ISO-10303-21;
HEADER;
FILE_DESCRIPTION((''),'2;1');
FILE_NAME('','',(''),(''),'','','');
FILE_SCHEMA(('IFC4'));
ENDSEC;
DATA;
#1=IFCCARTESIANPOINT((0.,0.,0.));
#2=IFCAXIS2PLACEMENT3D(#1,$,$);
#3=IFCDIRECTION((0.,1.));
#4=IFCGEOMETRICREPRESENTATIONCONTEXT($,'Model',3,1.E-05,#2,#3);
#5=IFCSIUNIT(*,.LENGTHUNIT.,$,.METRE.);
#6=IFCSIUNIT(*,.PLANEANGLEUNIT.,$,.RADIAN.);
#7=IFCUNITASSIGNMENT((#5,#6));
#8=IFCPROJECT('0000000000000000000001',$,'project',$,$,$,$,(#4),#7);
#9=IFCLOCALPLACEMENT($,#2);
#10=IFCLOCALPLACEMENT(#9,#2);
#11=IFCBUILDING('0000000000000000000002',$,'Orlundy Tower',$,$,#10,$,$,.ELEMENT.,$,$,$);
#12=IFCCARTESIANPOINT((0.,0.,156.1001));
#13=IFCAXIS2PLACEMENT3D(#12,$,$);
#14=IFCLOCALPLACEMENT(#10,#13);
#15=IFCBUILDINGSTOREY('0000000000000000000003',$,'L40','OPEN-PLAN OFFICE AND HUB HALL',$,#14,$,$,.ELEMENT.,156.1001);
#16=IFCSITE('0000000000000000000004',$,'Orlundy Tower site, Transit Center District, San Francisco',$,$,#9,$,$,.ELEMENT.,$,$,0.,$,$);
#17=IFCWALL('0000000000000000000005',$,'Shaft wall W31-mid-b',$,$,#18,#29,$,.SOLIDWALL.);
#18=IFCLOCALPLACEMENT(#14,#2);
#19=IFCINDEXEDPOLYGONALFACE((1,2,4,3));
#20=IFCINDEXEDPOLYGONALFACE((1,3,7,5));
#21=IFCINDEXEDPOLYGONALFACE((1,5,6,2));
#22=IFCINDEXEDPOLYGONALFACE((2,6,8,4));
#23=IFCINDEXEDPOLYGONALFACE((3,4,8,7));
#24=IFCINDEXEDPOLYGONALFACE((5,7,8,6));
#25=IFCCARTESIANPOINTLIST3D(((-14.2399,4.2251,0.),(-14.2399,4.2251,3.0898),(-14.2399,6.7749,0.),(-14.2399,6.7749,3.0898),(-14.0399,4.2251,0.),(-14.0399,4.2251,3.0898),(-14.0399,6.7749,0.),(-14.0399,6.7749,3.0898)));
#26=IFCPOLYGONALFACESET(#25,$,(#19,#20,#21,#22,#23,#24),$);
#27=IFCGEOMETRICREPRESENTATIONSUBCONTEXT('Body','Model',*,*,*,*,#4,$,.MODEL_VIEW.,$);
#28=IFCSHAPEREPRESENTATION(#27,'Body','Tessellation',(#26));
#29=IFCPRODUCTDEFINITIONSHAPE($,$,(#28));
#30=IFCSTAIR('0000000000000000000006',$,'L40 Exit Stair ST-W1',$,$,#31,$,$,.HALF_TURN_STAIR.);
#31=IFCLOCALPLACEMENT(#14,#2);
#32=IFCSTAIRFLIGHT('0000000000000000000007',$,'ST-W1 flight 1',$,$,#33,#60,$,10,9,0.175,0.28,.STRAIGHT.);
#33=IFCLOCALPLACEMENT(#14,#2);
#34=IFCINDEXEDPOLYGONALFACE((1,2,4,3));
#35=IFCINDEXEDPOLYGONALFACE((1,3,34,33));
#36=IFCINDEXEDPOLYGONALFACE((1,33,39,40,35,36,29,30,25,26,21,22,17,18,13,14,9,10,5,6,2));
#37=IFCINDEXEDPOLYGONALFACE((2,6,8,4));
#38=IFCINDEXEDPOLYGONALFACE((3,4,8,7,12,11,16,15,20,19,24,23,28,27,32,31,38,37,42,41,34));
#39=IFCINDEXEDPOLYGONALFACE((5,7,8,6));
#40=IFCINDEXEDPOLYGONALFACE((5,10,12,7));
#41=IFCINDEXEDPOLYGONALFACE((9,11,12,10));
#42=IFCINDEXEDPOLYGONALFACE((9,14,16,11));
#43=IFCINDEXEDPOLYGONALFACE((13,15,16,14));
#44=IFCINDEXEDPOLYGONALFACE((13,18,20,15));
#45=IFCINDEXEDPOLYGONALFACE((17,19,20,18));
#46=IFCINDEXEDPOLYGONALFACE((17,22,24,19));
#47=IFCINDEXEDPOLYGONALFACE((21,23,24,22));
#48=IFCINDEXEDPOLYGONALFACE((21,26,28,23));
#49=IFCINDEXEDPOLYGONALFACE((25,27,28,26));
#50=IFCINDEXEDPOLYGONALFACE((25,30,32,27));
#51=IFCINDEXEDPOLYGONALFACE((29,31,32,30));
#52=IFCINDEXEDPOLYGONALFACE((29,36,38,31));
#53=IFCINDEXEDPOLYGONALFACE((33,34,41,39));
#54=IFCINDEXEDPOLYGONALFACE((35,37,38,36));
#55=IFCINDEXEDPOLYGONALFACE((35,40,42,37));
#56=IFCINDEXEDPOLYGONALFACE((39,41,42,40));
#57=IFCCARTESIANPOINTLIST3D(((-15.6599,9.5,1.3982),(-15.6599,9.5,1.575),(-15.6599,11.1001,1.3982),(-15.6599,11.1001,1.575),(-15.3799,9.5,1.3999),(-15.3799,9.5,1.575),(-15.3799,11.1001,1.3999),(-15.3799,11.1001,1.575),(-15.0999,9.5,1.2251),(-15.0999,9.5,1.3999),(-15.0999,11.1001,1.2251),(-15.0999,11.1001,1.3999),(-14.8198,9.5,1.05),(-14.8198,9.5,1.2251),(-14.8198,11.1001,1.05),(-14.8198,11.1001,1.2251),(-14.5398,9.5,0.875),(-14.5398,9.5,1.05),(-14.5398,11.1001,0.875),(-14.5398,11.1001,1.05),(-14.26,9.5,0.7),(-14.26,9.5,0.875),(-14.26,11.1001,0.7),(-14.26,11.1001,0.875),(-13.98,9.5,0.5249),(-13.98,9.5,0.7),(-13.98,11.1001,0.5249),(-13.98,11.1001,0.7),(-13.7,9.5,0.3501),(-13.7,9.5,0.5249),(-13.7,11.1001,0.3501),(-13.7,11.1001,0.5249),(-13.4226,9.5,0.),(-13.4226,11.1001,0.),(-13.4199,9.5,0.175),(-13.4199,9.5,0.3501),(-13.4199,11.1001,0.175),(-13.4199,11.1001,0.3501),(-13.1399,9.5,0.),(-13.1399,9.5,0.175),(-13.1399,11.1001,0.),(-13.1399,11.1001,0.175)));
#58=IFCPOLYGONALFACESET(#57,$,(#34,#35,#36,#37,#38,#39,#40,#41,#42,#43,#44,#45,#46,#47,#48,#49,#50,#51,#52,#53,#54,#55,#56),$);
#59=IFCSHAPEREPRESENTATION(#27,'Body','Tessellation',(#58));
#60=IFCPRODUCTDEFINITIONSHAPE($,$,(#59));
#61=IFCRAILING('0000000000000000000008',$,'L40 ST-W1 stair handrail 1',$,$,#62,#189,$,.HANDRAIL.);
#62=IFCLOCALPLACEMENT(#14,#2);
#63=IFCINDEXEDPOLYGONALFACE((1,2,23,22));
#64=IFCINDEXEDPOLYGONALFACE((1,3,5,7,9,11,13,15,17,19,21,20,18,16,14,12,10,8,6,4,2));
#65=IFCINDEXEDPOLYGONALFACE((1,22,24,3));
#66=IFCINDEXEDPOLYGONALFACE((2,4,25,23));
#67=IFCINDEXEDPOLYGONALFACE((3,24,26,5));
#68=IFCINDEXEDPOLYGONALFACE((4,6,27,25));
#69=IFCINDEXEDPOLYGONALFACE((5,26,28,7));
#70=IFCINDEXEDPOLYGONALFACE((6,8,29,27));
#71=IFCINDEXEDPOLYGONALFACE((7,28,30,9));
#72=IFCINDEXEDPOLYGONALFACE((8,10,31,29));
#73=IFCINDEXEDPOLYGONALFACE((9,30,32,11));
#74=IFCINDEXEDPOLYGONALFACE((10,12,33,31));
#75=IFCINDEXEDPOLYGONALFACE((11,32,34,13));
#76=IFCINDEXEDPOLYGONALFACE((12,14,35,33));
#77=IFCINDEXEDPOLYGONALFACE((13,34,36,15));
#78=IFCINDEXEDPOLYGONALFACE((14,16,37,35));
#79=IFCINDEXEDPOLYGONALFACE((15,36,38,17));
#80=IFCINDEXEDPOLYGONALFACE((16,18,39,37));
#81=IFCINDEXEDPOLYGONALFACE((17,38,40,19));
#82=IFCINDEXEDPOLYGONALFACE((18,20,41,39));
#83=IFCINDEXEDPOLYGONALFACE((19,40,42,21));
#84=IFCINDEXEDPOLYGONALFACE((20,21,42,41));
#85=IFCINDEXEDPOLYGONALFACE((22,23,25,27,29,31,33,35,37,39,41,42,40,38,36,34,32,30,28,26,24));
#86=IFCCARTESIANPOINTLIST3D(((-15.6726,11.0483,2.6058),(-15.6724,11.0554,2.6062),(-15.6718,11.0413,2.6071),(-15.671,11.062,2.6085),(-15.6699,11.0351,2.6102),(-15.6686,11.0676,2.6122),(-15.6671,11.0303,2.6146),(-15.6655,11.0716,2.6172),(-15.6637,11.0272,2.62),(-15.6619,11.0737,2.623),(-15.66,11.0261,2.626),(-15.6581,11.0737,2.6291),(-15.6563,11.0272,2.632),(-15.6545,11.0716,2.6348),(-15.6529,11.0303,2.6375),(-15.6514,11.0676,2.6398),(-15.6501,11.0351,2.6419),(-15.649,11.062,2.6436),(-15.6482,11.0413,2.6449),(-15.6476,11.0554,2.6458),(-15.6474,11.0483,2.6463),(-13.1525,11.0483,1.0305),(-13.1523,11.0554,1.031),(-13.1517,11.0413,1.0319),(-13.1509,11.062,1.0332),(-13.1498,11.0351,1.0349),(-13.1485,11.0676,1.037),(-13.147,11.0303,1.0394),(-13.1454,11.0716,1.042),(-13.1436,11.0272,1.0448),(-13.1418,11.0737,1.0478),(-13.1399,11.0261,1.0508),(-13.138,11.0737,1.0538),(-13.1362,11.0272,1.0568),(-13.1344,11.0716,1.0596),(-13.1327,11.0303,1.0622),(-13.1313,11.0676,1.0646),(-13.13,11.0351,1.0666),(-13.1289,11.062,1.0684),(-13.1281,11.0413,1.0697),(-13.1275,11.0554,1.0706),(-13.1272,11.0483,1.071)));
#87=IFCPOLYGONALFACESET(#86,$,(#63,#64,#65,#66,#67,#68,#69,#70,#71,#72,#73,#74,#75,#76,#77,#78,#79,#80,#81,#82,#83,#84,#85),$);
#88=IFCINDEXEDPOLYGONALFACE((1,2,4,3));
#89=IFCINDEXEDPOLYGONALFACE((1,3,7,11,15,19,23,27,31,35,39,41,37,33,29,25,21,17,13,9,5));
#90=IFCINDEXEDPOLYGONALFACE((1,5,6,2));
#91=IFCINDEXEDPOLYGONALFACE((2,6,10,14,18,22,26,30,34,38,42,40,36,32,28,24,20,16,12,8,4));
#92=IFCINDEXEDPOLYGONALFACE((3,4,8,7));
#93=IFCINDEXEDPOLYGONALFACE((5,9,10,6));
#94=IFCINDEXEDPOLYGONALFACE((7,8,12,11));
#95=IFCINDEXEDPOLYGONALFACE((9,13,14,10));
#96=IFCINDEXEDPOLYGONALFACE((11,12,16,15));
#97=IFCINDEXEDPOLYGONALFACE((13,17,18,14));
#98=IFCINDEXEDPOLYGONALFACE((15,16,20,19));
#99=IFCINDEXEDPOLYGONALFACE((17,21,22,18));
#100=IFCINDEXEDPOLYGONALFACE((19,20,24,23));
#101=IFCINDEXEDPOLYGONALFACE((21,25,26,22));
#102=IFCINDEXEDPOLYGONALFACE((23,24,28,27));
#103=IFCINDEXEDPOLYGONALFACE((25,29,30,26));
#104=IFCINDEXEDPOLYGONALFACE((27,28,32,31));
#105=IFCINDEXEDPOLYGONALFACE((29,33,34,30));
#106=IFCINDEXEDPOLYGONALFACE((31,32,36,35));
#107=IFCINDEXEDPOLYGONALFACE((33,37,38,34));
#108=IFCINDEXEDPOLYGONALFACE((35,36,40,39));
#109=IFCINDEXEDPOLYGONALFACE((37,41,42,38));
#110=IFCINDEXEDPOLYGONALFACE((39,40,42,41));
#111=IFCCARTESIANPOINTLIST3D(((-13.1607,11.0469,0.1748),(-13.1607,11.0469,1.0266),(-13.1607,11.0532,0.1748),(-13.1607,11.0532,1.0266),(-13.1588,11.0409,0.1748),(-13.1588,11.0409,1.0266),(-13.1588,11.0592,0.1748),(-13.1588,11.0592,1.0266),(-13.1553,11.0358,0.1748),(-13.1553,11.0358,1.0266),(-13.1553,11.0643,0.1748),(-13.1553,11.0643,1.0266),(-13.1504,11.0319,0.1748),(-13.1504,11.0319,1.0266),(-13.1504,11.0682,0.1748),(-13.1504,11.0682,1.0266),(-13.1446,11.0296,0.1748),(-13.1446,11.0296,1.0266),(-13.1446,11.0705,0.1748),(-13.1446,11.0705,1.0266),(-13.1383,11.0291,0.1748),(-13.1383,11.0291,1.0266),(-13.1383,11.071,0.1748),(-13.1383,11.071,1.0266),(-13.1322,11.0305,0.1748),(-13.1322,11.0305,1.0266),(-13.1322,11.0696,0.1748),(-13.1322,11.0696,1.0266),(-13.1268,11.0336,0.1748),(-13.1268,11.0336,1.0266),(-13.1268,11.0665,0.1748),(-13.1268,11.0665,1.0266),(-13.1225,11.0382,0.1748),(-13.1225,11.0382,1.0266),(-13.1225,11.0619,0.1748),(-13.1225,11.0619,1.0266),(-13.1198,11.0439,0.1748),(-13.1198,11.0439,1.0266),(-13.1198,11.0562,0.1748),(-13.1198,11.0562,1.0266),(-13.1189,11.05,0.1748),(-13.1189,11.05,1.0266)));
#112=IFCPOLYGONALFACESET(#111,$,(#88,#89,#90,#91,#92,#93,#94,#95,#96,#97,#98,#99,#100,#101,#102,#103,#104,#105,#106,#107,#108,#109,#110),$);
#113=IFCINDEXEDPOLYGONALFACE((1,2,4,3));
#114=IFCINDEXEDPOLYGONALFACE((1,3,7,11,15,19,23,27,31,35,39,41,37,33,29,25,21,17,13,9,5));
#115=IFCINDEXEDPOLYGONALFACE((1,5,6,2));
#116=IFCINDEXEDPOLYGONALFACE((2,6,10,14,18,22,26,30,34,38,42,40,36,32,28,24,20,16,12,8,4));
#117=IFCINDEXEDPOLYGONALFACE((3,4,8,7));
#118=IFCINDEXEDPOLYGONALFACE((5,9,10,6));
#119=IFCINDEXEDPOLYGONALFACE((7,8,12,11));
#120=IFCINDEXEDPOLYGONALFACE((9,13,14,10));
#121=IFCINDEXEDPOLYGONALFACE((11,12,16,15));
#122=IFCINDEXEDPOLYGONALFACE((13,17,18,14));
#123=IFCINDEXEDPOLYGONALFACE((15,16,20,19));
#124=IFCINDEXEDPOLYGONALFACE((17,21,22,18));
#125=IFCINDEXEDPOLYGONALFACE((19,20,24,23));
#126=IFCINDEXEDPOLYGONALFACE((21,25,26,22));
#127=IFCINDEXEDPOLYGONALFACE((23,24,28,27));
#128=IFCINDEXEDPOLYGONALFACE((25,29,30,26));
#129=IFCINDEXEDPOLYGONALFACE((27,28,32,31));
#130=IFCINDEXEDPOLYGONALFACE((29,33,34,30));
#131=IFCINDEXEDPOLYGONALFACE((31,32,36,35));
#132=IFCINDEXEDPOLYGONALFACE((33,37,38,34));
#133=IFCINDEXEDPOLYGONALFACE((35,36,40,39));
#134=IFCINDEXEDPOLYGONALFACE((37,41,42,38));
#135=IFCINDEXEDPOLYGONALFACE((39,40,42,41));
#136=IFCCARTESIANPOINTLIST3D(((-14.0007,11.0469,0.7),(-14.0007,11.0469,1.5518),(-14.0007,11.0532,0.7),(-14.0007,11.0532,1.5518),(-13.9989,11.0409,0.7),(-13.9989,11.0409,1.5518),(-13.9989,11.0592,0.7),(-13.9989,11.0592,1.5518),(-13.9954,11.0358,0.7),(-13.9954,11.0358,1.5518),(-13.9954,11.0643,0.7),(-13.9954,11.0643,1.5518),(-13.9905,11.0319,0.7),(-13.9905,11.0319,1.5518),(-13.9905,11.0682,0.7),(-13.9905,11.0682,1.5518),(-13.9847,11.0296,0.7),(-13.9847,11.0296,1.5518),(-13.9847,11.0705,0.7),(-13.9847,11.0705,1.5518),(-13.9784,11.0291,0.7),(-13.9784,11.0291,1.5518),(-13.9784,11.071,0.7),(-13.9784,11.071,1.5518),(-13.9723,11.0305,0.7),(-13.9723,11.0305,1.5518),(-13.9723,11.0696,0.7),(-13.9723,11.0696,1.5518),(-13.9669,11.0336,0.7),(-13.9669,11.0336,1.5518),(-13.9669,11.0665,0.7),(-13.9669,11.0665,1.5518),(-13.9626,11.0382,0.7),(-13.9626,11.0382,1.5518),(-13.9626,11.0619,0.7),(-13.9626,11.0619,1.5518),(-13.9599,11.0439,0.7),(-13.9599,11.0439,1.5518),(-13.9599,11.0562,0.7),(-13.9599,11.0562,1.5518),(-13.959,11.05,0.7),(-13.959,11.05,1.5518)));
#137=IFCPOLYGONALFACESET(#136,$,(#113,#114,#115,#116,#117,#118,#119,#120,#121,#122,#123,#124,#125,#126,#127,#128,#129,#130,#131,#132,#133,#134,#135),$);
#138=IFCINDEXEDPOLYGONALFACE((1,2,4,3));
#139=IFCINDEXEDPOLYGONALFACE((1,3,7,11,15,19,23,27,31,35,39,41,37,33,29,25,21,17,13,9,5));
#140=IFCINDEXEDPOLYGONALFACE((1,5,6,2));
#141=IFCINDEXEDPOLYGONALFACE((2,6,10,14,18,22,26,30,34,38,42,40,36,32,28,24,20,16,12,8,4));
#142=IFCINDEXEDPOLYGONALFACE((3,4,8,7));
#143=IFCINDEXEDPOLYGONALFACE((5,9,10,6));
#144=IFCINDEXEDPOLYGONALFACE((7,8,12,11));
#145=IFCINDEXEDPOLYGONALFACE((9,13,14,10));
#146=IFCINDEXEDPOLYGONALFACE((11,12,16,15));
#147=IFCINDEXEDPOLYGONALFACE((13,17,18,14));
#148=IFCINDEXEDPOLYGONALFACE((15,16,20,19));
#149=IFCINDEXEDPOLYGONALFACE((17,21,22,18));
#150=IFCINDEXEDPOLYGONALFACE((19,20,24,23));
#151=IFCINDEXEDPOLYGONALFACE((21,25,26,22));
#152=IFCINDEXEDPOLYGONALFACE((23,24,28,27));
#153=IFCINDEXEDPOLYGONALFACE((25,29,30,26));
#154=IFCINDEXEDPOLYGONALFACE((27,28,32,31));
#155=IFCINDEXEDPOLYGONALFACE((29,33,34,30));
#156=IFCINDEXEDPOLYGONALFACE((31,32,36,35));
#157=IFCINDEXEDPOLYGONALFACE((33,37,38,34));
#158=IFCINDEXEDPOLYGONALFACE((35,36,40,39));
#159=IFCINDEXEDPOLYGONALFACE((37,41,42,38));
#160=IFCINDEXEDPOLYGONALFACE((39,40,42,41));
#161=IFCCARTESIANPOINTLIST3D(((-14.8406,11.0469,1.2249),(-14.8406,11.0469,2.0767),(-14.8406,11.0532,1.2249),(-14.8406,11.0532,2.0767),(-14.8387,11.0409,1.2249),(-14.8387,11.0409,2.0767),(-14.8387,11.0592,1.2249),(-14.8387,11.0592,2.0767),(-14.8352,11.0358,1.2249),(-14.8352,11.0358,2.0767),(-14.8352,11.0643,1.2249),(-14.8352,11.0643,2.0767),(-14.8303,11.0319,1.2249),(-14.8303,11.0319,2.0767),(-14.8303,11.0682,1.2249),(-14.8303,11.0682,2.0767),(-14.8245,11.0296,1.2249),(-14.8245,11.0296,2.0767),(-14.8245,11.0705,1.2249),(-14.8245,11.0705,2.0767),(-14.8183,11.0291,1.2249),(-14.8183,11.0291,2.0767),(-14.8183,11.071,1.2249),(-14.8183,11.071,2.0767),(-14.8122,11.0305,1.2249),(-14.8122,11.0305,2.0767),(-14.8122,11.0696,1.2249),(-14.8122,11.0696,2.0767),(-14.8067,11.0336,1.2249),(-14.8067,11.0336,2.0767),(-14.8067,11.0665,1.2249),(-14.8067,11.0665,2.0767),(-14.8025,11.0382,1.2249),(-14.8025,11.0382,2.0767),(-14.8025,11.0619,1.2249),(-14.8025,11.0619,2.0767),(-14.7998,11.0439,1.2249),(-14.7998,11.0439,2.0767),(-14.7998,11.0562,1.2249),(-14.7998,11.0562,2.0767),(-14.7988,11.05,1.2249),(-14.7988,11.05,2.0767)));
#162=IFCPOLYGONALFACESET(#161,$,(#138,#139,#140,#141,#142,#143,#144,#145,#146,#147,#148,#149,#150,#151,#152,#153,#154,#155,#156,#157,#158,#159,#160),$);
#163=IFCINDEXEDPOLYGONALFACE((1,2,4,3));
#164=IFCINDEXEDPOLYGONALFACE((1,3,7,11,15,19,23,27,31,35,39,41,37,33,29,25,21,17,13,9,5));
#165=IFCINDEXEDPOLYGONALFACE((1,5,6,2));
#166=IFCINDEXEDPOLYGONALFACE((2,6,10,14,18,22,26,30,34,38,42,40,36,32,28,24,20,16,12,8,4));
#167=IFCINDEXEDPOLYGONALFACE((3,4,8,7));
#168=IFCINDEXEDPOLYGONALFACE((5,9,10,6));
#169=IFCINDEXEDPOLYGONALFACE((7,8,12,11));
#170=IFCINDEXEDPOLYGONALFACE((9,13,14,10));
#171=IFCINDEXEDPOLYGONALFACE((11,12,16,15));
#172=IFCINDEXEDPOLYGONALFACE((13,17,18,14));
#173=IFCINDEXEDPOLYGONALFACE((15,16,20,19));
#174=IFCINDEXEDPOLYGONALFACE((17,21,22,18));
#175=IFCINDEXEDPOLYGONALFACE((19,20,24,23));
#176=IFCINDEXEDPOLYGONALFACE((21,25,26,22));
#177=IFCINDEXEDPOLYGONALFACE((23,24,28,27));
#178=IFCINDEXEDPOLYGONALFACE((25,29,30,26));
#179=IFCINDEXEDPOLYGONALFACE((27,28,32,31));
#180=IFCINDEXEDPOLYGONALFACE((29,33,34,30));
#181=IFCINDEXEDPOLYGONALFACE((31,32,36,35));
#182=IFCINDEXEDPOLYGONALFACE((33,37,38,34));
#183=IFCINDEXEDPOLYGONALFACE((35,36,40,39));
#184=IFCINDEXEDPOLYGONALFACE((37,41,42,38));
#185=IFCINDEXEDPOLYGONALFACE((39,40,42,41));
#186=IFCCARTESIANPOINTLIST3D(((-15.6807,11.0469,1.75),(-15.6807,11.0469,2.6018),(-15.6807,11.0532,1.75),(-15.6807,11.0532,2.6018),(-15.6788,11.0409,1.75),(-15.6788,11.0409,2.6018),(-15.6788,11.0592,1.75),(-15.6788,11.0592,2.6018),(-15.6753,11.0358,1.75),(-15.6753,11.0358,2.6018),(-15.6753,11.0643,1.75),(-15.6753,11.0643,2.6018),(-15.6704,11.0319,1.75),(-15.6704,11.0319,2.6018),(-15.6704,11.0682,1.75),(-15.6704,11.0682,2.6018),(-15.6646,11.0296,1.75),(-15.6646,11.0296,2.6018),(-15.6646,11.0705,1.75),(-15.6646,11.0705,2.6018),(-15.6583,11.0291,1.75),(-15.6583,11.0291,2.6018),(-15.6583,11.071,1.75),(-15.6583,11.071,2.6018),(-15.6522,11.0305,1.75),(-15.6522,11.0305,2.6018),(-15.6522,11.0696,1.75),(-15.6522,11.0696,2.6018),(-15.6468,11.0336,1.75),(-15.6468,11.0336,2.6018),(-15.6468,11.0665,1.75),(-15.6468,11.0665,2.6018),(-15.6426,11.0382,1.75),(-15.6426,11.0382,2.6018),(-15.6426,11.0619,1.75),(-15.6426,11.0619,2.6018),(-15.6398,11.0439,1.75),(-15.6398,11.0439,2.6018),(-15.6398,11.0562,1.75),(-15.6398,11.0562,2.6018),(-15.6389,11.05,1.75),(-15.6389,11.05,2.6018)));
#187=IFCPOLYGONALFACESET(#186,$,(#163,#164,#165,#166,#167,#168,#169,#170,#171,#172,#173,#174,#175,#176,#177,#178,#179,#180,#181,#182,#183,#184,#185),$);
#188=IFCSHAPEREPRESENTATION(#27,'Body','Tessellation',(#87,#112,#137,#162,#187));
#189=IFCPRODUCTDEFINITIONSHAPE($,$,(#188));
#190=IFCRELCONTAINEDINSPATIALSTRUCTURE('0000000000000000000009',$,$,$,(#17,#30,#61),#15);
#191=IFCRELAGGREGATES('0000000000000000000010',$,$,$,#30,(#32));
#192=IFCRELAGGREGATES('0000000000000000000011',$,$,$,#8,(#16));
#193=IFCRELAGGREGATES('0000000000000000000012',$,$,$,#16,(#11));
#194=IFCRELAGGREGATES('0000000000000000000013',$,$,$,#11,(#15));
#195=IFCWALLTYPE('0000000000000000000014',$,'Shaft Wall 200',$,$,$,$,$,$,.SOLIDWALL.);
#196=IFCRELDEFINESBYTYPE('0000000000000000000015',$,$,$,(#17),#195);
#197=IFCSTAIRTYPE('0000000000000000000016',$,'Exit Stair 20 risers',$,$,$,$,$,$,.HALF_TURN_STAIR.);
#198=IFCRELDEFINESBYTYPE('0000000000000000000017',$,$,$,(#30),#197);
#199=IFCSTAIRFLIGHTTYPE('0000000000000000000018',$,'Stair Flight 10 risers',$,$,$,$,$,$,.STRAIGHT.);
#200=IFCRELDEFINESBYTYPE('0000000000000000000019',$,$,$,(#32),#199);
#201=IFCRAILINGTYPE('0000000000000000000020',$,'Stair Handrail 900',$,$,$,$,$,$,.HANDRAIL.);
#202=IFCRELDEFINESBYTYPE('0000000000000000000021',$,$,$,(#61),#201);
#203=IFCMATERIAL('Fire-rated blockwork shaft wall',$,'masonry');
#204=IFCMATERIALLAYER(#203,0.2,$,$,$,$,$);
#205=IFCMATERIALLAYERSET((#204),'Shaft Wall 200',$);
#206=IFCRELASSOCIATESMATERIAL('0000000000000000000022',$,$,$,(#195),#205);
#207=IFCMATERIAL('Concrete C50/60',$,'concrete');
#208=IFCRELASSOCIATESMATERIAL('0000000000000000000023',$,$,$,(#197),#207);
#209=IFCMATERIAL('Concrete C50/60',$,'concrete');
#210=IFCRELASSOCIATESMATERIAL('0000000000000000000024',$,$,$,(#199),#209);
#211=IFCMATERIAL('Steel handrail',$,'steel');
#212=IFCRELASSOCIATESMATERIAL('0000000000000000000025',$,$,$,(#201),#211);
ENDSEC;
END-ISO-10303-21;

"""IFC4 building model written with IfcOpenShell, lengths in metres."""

from ifc_helpers import new_model, si_unit, direction, frame, frame_2d, origin, origin_2d, place, context, subcontext, project, spatial, polyline, rectangle, circle, outline, extrude, material, layer, layer_set, type_object, element, aggregate, save


model = new_model("IFC4")

# Units and contexts
model_context = context("Model", 3, precision=1e-05, world=origin(), true_north=direction((0.0, 1.0)))
body_context = subcontext(model_context, "Body", "Model", "MODEL_VIEW")
ifc_project = project(units=[si_unit("LENGTHUNIT", "METRE"), si_unit("PLANEANGLEUNIT", "RADIAN")], contexts=[model_context])

# Site, building, storey
site_placement = place(None, origin())
site = spatial("IfcSite", under=ifc_project, at=site_placement, Name="Orlundy Tower site, Transit Center District, San Francisco", CompositionType="ELEMENT", RefElevation=0.0)
building_placement = place(site_placement, origin())
building = spatial("IfcBuilding", under=site, at=building_placement, Name="Orlundy Tower", CompositionType="ELEMENT")
storey_placement = place(building_placement, frame((0.0, 0.0, 156.1001)))
storey = spatial("IfcBuildingStorey", under=building, at=storey_placement, Name="L40", Description="OPEN-PLAN OFFICE AND HUB HALL", CompositionType="ELEMENT", Elevation=156.1001)

# Wall
ifc_material_1 = material(Name="Fire-rated blockwork shaft wall", Category="masonry")
ifc_layer_1 = layer(ifc_material_1, 0.2)
ifc_layer_set_1 = layer_set([ifc_layer_1], Name="Shaft Wall 200")
wall_type_1 = type_object("IfcWallType", Name="Shaft Wall 200", PredefinedType="SOLIDWALL", material=ifc_layer_set_1)
wall_1_placement = place(storey_placement, frame((-14.1399, 4.2251, 0.0), z_axis=(0.0, 0.0, 1.0), x_axis=(0.0, 1.0, 0.0)))
element("IfcWall", 1, at=wall_1_placement, inside=storey, type_object=wall_type_1, Name="Shaft wall W31-mid-b", PredefinedType="SOLIDWALL", context=body_context, shape_type="SweptSolid", body=[
    extrude(rectangle(XDim=2.5498, YDim=0.2, at=frame_2d((1.2749, 0.0))), origin(), (0.0, 0.0, 1.0), 3.0898),
])

# Stair, stair flight
ifc_material_2 = material(Name="Concrete C50/60", Category="concrete")
stair_type = type_object("IfcStairType", Name="Exit Stair 20 risers", PredefinedType="HALF_TURN_STAIR", material=ifc_material_2)
stair_placement = place(storey_placement, origin())
stair = element("IfcStair", 2, at=stair_placement, inside=storey, type_object=stair_type, Name="L40 Exit Stair ST-W1", PredefinedType="HALF_TURN_STAIR")
ifc_material_3 = material(Name="Concrete C50/60", Category="concrete")
stair_flight_type = type_object("IfcStairFlightType", Name="Stair Flight 10 risers", PredefinedType="STRAIGHT", material=ifc_material_3)
stair_flight_placement = place(storey_placement, frame((-13.1399, 10.3, 0.0), z_axis=(0.0, 0.0, 1.0), x_axis=(-1.0, 0.0, 0.0)))
stair_flight = element("IfcStairFlight", 3, at=stair_flight_placement, type_object=stair_flight_type, Name="ST-W1 flight 1", NumberOfRisers=10, NumberOfTreads=9, PredefinedType="STRAIGHT", RiserHeight=0.175, TreadLength=0.28, context=body_context, shape_type="SweptSolid", body=[
    extrude(outline(polyline([(0.0, 0.0), (0.0, 0.175), (0.28, 0.175), (0.28, 0.3501), (0.5601, 0.3501), (0.5601, 0.5249), (0.8401, 0.5249), (0.8401, 0.7), (1.1201, 0.7), (1.1201, 0.875), (1.3999, 0.875), (1.3999, 1.05), (1.6799, 1.05), (1.6799, 1.2251), (1.96, 1.2251), (1.96, 1.3999), (2.24, 1.3999), (2.24, 1.575), (2.52, 1.575), (2.52, 1.75), (2.52, 1.3982), (0.2827, 0.0), (0.0, 0.0)])), frame((0.0, 0.8, 0.0), z_axis=(0.0, -1.0, 0.0), x_axis=(1.0, 0.0, 0.0)), (0.0, 0.0, 1.0), 1.6001),
])
aggregate(stair, [stair_flight])

# Railing
ifc_material_4 = material(Name="Steel handrail", Category="steel")
railing_type_1 = type_object("IfcRailingType", Name="Stair Handrail 900", PredefinedType="HANDRAIL", material=ifc_material_4)
railing_1_placement = place(storey_placement, frame((-13.1399, 11.05, 0.1748)))
element("IfcRailing", 4, at=railing_1_placement, inside=storey, type_object=railing_type_1, Name="L40 ST-W1 stair handrail 1", PredefinedType="HANDRAIL", context=body_context, shape_type="SweptSolid", body=[
    extrude(circle(Radius=0.0239, at=origin_2d()), frame((0.0, 0.0, 0.876), z_axis=(-0.847971, 0.0, 0.530043), x_axis=(0.0, -1.0, 0.0)), (0.0, 0.0, 1.0), 2.9719),
    extrude(circle(Radius=0.021, at=origin_2d()), origin(), (0.0, 0.0, 1.0), 0.8518),
    extrude(circle(Radius=0.021, at=origin_2d()), frame((-0.8401, 0.0, 0.5251)), (0.0, 0.0, 1.0), 0.8518),
    extrude(circle(Radius=0.021, at=origin_2d()), frame((-1.6799, 0.0, 1.05)), (0.0, 0.0, 1.0), 0.8518),
    extrude(circle(Radius=0.021, at=origin_2d()), frame((-2.52, 0.0, 1.5752)), (0.0, 0.0, 1.0), 0.8518),
])

save(model, "model.ifc")
